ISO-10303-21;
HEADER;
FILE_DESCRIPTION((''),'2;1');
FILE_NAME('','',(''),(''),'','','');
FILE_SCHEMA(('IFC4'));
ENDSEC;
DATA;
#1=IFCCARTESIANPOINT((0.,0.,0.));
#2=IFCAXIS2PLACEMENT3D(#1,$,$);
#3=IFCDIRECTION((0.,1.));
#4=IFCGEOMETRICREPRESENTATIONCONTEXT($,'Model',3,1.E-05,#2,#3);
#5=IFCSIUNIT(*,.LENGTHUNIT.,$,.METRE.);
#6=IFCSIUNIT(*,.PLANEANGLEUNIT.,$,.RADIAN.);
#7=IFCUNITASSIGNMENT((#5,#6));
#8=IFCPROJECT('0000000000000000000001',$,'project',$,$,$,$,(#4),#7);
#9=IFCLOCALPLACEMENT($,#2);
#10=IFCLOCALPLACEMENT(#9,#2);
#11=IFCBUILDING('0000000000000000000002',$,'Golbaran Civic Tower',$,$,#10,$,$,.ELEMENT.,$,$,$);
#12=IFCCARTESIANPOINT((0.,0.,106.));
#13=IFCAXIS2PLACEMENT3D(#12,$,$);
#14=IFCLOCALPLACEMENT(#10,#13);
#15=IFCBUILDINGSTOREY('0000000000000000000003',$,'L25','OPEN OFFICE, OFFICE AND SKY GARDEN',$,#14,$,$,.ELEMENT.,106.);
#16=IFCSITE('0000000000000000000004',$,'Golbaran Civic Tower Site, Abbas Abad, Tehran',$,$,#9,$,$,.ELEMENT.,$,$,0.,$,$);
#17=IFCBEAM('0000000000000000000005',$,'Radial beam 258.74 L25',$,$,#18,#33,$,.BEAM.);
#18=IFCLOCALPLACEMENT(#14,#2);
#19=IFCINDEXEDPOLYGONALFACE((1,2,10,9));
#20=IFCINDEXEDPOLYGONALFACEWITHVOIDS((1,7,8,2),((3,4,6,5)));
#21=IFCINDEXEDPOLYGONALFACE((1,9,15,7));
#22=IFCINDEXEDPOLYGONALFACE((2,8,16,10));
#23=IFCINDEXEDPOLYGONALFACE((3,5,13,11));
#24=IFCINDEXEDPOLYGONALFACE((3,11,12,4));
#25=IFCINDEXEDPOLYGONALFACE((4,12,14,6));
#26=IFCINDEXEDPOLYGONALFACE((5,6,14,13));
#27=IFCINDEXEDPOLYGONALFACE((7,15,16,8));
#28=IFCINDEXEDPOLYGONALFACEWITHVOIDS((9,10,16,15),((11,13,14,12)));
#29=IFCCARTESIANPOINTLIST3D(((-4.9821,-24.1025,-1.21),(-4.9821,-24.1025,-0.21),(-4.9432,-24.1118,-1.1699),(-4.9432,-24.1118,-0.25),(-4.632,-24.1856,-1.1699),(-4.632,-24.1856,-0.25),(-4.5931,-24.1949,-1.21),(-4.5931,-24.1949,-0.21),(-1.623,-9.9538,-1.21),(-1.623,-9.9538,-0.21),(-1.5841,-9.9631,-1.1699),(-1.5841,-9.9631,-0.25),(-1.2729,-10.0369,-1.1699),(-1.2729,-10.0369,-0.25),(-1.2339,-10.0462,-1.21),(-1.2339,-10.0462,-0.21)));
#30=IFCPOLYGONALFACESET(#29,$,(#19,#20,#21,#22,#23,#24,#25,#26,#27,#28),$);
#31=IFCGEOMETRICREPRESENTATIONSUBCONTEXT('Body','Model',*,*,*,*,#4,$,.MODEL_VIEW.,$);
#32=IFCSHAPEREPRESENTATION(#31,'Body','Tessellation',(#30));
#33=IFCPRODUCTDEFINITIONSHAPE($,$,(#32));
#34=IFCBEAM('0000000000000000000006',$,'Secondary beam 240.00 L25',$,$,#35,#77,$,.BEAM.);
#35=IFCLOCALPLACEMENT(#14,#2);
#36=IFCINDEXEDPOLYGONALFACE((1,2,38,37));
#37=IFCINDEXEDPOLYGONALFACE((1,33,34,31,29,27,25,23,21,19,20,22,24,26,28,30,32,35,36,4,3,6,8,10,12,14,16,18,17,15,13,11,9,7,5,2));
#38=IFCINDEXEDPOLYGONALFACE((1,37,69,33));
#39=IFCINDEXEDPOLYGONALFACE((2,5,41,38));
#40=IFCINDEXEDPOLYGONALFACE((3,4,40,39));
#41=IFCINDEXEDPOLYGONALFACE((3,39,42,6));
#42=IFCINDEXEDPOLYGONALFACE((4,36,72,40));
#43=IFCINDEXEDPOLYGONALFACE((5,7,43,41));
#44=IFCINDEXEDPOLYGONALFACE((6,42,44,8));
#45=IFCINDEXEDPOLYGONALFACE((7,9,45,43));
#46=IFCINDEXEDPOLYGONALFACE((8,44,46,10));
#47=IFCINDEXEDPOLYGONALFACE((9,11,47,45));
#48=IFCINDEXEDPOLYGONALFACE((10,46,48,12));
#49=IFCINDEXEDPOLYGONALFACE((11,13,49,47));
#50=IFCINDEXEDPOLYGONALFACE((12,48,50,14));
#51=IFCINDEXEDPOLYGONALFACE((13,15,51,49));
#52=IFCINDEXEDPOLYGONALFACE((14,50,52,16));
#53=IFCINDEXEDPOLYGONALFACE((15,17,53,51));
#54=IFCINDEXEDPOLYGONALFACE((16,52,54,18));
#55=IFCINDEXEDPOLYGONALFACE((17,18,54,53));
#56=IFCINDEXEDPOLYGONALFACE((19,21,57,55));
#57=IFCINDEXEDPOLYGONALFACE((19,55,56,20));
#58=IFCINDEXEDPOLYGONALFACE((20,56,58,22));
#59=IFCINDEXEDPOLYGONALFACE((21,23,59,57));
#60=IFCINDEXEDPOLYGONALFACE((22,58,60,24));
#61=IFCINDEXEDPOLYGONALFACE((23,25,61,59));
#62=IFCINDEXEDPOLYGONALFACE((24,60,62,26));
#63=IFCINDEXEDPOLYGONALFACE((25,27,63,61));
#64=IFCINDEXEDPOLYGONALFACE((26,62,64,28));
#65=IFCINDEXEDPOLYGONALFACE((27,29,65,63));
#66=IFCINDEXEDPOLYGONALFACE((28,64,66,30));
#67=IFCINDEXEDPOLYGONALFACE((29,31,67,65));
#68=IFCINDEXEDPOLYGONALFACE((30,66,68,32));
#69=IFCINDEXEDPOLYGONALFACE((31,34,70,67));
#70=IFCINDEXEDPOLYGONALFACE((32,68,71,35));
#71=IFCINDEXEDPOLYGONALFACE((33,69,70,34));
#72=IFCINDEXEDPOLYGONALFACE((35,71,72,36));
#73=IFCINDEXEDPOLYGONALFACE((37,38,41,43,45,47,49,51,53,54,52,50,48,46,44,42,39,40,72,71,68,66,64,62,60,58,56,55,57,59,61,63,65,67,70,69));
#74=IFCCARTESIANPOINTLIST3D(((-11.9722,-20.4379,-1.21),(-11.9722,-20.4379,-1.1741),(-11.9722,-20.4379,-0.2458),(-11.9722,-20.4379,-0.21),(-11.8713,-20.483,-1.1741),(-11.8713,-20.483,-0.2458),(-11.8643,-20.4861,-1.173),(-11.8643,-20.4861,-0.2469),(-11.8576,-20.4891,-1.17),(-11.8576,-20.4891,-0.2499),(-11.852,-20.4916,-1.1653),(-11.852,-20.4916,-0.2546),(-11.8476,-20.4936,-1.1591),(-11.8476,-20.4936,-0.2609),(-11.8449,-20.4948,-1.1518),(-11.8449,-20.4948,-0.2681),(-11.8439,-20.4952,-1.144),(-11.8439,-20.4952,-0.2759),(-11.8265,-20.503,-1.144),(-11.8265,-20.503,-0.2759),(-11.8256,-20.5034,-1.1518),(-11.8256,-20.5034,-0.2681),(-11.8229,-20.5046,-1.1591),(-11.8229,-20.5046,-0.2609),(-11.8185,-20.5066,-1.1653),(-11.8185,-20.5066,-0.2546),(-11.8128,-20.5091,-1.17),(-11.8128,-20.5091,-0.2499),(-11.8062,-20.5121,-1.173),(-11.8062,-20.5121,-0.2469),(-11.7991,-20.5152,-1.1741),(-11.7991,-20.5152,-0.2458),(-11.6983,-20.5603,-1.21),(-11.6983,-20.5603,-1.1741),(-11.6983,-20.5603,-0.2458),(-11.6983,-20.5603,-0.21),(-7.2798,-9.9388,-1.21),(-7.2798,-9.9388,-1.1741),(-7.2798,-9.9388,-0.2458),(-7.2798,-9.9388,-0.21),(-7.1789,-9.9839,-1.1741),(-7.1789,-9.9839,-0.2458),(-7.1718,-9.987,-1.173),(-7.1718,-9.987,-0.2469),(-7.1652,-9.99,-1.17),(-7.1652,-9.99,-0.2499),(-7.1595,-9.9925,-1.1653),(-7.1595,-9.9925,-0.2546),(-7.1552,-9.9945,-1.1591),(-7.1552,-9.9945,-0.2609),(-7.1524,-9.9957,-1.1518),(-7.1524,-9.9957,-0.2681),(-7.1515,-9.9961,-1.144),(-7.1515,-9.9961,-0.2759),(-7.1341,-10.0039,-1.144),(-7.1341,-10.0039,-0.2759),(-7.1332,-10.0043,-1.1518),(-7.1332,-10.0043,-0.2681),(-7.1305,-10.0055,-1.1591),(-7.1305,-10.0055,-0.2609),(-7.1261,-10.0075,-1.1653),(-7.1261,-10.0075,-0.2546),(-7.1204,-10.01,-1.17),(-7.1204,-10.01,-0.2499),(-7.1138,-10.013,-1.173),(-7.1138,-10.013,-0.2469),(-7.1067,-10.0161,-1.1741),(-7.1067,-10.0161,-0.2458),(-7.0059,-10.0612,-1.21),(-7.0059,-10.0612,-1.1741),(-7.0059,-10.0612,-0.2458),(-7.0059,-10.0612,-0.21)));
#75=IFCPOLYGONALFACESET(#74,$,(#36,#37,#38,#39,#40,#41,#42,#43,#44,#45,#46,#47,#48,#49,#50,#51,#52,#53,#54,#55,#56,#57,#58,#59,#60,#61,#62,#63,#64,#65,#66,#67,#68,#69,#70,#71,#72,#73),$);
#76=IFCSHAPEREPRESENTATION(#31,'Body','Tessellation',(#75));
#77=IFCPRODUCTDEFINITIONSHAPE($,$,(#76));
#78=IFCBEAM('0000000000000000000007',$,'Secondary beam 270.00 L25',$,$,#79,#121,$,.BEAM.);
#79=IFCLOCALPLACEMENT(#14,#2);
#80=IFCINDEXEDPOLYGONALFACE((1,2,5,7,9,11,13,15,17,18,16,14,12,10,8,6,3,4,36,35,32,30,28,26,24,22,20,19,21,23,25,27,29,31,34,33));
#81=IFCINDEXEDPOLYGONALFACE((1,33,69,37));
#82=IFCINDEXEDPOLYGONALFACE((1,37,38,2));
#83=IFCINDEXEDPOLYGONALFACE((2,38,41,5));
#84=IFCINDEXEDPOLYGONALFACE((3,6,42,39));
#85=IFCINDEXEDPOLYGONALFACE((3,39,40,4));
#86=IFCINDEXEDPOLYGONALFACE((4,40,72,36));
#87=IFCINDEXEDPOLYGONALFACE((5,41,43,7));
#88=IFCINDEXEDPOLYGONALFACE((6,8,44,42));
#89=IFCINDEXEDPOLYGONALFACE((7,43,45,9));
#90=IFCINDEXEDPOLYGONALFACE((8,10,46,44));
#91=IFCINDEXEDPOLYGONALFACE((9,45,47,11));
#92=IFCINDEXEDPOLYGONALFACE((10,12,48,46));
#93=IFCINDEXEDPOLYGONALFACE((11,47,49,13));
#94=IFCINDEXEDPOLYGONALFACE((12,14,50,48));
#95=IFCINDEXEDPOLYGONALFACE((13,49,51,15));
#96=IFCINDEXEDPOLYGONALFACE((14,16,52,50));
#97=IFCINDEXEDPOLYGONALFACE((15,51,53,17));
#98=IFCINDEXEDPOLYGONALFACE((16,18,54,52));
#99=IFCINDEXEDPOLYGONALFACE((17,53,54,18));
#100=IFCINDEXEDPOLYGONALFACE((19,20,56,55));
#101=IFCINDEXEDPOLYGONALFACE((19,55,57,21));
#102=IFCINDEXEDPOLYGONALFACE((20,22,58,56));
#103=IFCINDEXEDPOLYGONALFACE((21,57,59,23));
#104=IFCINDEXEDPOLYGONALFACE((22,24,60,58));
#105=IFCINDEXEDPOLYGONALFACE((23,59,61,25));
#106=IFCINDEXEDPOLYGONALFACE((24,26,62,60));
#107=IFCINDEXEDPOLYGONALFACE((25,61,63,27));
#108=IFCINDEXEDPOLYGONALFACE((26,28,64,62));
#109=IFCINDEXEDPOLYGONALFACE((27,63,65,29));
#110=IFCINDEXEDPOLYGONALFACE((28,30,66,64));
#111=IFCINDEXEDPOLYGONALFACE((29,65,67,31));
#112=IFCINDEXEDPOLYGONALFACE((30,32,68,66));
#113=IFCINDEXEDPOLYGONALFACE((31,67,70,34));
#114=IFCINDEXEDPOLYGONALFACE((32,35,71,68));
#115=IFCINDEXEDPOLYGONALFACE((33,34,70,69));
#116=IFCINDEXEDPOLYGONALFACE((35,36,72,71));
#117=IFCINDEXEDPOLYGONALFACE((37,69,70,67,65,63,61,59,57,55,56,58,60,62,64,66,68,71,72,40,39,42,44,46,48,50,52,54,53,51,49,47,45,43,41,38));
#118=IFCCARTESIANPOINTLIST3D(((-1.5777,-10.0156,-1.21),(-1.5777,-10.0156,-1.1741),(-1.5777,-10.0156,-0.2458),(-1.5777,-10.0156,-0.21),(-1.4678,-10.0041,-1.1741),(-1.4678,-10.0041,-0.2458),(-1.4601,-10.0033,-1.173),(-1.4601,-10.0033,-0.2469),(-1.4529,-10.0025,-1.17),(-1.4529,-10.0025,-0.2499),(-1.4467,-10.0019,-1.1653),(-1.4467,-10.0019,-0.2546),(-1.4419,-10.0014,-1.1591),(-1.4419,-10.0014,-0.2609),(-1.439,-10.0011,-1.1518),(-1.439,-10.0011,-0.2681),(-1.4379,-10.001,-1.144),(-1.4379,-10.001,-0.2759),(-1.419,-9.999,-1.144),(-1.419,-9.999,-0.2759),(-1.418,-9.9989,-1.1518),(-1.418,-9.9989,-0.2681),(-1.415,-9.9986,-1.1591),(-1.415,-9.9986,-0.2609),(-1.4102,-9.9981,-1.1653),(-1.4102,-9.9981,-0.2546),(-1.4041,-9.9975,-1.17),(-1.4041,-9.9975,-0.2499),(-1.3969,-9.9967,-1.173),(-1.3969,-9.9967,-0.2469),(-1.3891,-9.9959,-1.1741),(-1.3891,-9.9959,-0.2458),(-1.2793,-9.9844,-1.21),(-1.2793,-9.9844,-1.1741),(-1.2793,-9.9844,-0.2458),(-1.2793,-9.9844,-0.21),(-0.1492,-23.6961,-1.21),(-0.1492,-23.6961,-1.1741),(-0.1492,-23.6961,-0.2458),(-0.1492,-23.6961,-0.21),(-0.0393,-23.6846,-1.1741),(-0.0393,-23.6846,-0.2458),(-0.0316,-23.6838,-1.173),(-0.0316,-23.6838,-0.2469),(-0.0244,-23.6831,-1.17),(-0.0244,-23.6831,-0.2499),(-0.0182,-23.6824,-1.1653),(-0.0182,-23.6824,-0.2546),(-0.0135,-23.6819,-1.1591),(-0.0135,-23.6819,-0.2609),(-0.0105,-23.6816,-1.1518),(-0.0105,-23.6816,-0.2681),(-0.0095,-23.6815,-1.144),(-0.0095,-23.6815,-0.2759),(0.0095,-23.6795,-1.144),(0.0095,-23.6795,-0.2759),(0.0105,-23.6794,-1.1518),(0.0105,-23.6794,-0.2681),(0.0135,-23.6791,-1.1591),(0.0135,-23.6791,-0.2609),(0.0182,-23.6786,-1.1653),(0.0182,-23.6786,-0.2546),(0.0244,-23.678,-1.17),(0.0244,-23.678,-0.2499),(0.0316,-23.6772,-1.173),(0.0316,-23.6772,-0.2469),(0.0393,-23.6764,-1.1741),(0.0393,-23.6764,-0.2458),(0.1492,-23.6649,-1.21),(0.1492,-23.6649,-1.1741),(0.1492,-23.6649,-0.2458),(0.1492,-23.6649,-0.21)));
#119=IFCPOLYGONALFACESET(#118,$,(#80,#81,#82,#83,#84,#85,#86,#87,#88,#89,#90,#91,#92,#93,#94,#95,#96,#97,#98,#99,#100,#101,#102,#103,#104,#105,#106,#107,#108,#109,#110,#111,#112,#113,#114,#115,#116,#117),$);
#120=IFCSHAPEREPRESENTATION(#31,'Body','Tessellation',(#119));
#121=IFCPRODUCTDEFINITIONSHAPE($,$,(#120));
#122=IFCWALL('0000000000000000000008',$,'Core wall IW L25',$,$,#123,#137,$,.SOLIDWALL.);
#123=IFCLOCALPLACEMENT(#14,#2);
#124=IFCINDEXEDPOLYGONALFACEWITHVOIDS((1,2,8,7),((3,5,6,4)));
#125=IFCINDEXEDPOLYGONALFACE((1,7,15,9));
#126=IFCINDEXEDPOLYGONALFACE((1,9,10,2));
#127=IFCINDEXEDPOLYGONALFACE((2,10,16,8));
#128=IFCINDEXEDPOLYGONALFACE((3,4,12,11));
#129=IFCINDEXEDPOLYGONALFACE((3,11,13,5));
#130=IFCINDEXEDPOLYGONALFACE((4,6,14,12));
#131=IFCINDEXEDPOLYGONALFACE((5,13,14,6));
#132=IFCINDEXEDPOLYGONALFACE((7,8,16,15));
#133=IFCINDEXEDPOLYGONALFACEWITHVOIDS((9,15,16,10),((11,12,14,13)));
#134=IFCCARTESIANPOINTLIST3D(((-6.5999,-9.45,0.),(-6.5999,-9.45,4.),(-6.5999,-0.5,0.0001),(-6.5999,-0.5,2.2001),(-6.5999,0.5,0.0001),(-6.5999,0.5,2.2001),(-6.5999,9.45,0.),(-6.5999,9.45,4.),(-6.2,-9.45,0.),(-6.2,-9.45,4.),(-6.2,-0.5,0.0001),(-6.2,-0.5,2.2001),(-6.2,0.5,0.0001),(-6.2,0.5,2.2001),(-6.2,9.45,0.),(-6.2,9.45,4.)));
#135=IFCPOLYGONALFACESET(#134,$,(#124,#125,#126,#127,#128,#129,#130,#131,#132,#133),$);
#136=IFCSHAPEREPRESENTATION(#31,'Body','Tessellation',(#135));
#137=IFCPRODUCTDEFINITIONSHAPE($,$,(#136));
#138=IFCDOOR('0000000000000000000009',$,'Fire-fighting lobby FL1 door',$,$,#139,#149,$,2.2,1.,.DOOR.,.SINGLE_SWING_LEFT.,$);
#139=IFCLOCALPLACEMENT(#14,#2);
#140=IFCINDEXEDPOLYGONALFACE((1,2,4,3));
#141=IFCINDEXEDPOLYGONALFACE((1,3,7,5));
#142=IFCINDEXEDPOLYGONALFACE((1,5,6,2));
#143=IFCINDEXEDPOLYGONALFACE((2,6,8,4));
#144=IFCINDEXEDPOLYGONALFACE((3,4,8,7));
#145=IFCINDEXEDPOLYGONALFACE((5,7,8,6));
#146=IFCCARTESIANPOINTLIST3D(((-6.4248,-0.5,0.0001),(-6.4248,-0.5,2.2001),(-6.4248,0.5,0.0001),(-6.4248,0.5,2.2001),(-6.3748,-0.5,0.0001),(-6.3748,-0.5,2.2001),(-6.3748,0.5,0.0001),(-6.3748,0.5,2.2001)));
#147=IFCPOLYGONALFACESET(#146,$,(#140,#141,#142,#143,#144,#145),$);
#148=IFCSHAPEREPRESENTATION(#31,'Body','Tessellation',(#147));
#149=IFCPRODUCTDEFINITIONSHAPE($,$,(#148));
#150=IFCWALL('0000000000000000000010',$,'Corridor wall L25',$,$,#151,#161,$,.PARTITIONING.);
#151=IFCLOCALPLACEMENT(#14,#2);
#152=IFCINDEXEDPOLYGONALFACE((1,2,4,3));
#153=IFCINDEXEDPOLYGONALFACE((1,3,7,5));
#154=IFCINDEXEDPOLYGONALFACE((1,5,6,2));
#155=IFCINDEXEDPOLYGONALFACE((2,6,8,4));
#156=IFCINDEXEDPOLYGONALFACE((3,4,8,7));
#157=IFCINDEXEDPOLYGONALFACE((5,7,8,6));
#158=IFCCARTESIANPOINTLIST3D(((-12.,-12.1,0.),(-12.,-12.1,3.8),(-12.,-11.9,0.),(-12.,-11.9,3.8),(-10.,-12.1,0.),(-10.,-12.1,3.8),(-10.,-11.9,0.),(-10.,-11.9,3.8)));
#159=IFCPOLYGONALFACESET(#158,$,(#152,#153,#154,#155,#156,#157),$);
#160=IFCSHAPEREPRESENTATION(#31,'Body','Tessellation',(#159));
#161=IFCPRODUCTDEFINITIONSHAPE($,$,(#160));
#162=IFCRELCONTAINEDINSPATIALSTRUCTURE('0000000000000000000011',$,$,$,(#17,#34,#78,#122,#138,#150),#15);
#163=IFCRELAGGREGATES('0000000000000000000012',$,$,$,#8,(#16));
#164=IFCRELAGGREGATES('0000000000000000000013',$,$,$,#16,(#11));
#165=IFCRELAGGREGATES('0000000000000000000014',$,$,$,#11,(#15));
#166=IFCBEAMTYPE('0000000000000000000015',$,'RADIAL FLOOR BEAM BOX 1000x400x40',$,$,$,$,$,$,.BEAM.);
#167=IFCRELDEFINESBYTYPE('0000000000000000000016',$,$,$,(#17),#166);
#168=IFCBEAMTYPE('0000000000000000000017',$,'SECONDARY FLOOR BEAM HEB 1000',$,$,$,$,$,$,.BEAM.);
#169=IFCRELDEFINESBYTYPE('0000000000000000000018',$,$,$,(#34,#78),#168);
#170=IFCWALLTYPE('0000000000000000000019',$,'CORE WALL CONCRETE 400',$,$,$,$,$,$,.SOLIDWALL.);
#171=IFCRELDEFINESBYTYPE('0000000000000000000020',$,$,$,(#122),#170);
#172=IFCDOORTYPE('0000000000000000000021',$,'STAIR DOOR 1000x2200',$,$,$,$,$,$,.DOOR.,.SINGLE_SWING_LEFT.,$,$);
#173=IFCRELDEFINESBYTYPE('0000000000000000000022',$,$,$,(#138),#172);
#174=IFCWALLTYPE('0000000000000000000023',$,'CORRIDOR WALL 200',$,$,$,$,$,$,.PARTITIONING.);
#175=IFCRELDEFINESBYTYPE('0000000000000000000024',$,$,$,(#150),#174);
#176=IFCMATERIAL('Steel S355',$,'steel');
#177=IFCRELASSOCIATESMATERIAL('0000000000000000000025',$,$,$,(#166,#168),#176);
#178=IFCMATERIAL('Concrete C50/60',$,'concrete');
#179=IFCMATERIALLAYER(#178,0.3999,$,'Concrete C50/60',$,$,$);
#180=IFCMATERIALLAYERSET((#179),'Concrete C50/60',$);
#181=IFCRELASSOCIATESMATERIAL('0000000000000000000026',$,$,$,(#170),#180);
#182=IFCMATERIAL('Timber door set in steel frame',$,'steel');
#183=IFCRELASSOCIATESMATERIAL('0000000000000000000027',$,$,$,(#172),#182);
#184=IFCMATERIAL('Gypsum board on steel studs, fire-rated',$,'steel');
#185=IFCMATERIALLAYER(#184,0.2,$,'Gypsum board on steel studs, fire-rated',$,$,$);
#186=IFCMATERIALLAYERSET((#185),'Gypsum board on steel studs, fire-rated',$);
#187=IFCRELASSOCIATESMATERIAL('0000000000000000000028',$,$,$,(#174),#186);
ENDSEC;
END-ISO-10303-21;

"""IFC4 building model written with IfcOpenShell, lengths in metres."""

from ifc_helpers import new_model, si_unit, direction, frame, frame_2d, origin, origin_2d, place, context, subcontext, project, spatial, rectangle, hollow_rectangle, i_section, extrude, material, layer, layer_set, material_profile, profile_set, type_object, element, fill, save


model = new_model("IFC4")

# Units and contexts
model_context = context("Model", 3, precision=1e-05, world=origin(), true_north=direction((0.0, 1.0)))
body_context = subcontext(model_context, "Body", "Model", "MODEL_VIEW")
ifc_project = project(units=[si_unit("LENGTHUNIT", "METRE"), si_unit("PLANEANGLEUNIT", "RADIAN")], contexts=[model_context])

# Site, building, storey
site_placement = place(None, origin())
site = spatial("IfcSite", under=ifc_project, at=site_placement, Name="Golbaran Civic Tower Site, Abbas Abad, Tehran", CompositionType="ELEMENT", RefElevation=0.0)
building_placement = place(site_placement, origin())
building = spatial("IfcBuilding", under=site, at=building_placement, Name="Golbaran Civic Tower", CompositionType="ELEMENT")
storey_placement = place(building_placement, frame((0.0, 0.0, 106.0)))
storey = spatial("IfcBuildingStorey", under=building, at=storey_placement, Name="L25", Description="OPEN OFFICE, OFFICE AND SKY GARDEN", CompositionType="ELEMENT", Elevation=106.0)

# Beams
ifc_material_1 = material(Name="Steel S355", Category="steel")
ifc_material_profile_1 = material_profile(ifc_material_1, hollow_rectangle(XDim=0.3999, YDim=1.0, WallThickness=0.04, at=origin_2d()), Name="BOX 1000x400x40")
ifc_profile_set_1 = profile_set([ifc_material_profile_1], Name="Steel S355")
beam_type_1 = type_object("IfcBeamType", Name="RADIAL FLOOR BEAM BOX 1000x400x40", PredefinedType="BEAM", material=ifc_profile_set_1)
beam_1_placement = place(storey_placement, frame((-1.4285, -10.0, -0.71), z_axis=(-0.230996, -0.972955, 0.0), x_axis=(0.972955, -0.230996, 0.0)))
element("IfcBeam", 1, at=beam_1_placement, inside=storey, type_object=beam_type_1, Name="Radial beam 258.74 L25", PredefinedType="BEAM", context=body_context, shape_type="SweptSolid", body=[
    extrude(hollow_rectangle(XDim=0.3999, YDim=1.0, WallThickness=0.04, at=origin_2d()), origin(), (0.0, 0.0, 1.0), 14.542),
])
ifc_material_profile_2 = material_profile(ifc_material_1, i_section(OverallWidth=0.3, OverallDepth=1.0, WebThickness=0.019, FlangeThickness=0.0359, FilletRadius=0.03, at=origin_2d()), Name="HEB 1000")
ifc_profile_set_2 = profile_set([ifc_material_profile_2], Name="Steel S355")
beam_type_2 = type_object("IfcBeamType", Name="SECONDARY FLOOR BEAM HEB 1000", PredefinedType="BEAM", material=ifc_profile_set_2)
beam_2_placement = place(storey_placement, frame((-7.1428, -10.0, -0.71), z_axis=(-0.408036, -0.912966, 0.0), x_axis=(0.912966, -0.408036, 0.0)))
element("IfcBeam", 2, at=beam_2_placement, inside=storey, type_object=beam_type_2, Name="Secondary beam 240.00 L25", PredefinedType="BEAM", context=body_context, shape_type="SweptSolid", body=[
    extrude(i_section(OverallWidth=0.3, OverallDepth=1.0, WebThickness=0.019, FlangeThickness=0.0359, FilletRadius=0.03, at=origin_2d()), origin(), (0.0, 0.0, 1.0), 11.5),
])
beam_3_placement = place(storey_placement, frame((-1.4285, -10.0, -0.71), z_axis=(0.103852, -0.994593, 0.0), x_axis=(0.994593, 0.103852, 0.0)))
element("IfcBeam", 3, at=beam_3_placement, inside=storey, type_object=beam_type_2, Name="Secondary beam 270.00 L25", PredefinedType="BEAM", context=body_context, shape_type="SweptSolid", body=[
    extrude(i_section(OverallWidth=0.3, OverallDepth=1.0, WebThickness=0.019, FlangeThickness=0.0359, FilletRadius=0.03, at=origin_2d()), origin(), (0.0, 0.0, 1.0), 13.7549),
])

# Wall, opening, door
ifc_material_2 = material(Name="Concrete C50/60", Category="concrete")
ifc_layer_1 = layer(ifc_material_2, 0.3999, Name="Concrete C50/60")
ifc_layer_set_1 = layer_set([ifc_layer_1], Name="Concrete C50/60")
wall_type_1 = type_object("IfcWallType", Name="CORE WALL CONCRETE 400", PredefinedType="SOLIDWALL", material=ifc_layer_set_1)
wall_1_placement = place(storey_placement, frame((-6.3999, -9.45, 0.0), z_axis=(0.0, 0.0, 1.0), x_axis=(0.0, 1.0, 0.0)))
wall_1 = element("IfcWall", 4, at=wall_1_placement, inside=storey, type_object=wall_type_1, Name="Core wall IW L25", PredefinedType="SOLIDWALL", context=body_context, shape_type="SweptSolid", body=[
    extrude(rectangle(XDim=18.8999, YDim=0.3999, at=frame_2d((9.45, 0.0))), origin(), (0.0, 0.0, 1.0), 4.0),
])
opening_1_placement = place(wall_1_placement, frame((8.95, 0.0, 0.0)))
opening_1 = element("IfcOpeningElement", 5, at=opening_1_placement, cuts=wall_1, PredefinedType="OPENING", context=body_context, shape_type="SweptSolid", body=[
    extrude(rectangle(XDim=1.0, YDim=2.2, at=frame_2d((0.5, 1.1001))), frame((0.0, 0.21, 0.0), z_axis=(0.0, -1.0, 0.0), x_axis=(1.0, 0.0, 0.0)), (0.0, 0.0, 1.0), 0.4199),
])
ifc_material_3 = material(Name="Timber door set in steel frame", Category="steel")
door_type_1 = type_object("IfcDoorType", Name="STAIR DOOR 1000x2200", OperationType="SINGLE_SWING_LEFT", PredefinedType="DOOR", material=ifc_material_3)
door_1_placement = place(opening_1_placement, origin())
door_1 = element("IfcDoor", 6, at=door_1_placement, inside=storey, type_object=door_type_1, Name="Fire-fighting lobby FL1 door", OperationType="SINGLE_SWING_LEFT", OverallHeight=2.2, OverallWidth=1.0, PredefinedType="DOOR", context=body_context, shape_type="SweptSolid", body=[
    extrude(rectangle(XDim=1.0, YDim=2.2, at=frame_2d((0.5, 1.1001))), frame((0.0, 0.0249, 0.0), z_axis=(0.0, -1.0, 0.0), x_axis=(1.0, 0.0, 0.0)), (0.0, 0.0, 1.0), 0.05),
])
fill(opening_1, door_1)

# Wall
ifc_material_4 = material(Name="Gypsum board on steel studs, fire-rated", Category="steel")
ifc_layer_2 = layer(ifc_material_4, 0.2, Name="Gypsum board on steel studs, fire-rated")
ifc_layer_set_2 = layer_set([ifc_layer_2], Name="Gypsum board on steel studs, fire-rated")
wall_type_2 = type_object("IfcWallType", Name="CORRIDOR WALL 200", PredefinedType="PARTITIONING", material=ifc_layer_set_2)
wall_2_placement = place(storey_placement, frame((-12.0, -12.0, 0.0), z_axis=(0.0, 0.0, 1.0), x_axis=(1.0, 0.0, 0.0)))
element("IfcWall", 7, at=wall_2_placement, inside=storey, type_object=wall_type_2, Name="Corridor wall L25", PredefinedType="PARTITIONING", context=body_context, shape_type="SweptSolid", body=[
    extrude(rectangle(XDim=2.0, YDim=0.2, at=frame_2d((1.0, 0.0))), origin(), (0.0, 0.0, 1.0), 3.8),
])

save(model, "model.ifc")
